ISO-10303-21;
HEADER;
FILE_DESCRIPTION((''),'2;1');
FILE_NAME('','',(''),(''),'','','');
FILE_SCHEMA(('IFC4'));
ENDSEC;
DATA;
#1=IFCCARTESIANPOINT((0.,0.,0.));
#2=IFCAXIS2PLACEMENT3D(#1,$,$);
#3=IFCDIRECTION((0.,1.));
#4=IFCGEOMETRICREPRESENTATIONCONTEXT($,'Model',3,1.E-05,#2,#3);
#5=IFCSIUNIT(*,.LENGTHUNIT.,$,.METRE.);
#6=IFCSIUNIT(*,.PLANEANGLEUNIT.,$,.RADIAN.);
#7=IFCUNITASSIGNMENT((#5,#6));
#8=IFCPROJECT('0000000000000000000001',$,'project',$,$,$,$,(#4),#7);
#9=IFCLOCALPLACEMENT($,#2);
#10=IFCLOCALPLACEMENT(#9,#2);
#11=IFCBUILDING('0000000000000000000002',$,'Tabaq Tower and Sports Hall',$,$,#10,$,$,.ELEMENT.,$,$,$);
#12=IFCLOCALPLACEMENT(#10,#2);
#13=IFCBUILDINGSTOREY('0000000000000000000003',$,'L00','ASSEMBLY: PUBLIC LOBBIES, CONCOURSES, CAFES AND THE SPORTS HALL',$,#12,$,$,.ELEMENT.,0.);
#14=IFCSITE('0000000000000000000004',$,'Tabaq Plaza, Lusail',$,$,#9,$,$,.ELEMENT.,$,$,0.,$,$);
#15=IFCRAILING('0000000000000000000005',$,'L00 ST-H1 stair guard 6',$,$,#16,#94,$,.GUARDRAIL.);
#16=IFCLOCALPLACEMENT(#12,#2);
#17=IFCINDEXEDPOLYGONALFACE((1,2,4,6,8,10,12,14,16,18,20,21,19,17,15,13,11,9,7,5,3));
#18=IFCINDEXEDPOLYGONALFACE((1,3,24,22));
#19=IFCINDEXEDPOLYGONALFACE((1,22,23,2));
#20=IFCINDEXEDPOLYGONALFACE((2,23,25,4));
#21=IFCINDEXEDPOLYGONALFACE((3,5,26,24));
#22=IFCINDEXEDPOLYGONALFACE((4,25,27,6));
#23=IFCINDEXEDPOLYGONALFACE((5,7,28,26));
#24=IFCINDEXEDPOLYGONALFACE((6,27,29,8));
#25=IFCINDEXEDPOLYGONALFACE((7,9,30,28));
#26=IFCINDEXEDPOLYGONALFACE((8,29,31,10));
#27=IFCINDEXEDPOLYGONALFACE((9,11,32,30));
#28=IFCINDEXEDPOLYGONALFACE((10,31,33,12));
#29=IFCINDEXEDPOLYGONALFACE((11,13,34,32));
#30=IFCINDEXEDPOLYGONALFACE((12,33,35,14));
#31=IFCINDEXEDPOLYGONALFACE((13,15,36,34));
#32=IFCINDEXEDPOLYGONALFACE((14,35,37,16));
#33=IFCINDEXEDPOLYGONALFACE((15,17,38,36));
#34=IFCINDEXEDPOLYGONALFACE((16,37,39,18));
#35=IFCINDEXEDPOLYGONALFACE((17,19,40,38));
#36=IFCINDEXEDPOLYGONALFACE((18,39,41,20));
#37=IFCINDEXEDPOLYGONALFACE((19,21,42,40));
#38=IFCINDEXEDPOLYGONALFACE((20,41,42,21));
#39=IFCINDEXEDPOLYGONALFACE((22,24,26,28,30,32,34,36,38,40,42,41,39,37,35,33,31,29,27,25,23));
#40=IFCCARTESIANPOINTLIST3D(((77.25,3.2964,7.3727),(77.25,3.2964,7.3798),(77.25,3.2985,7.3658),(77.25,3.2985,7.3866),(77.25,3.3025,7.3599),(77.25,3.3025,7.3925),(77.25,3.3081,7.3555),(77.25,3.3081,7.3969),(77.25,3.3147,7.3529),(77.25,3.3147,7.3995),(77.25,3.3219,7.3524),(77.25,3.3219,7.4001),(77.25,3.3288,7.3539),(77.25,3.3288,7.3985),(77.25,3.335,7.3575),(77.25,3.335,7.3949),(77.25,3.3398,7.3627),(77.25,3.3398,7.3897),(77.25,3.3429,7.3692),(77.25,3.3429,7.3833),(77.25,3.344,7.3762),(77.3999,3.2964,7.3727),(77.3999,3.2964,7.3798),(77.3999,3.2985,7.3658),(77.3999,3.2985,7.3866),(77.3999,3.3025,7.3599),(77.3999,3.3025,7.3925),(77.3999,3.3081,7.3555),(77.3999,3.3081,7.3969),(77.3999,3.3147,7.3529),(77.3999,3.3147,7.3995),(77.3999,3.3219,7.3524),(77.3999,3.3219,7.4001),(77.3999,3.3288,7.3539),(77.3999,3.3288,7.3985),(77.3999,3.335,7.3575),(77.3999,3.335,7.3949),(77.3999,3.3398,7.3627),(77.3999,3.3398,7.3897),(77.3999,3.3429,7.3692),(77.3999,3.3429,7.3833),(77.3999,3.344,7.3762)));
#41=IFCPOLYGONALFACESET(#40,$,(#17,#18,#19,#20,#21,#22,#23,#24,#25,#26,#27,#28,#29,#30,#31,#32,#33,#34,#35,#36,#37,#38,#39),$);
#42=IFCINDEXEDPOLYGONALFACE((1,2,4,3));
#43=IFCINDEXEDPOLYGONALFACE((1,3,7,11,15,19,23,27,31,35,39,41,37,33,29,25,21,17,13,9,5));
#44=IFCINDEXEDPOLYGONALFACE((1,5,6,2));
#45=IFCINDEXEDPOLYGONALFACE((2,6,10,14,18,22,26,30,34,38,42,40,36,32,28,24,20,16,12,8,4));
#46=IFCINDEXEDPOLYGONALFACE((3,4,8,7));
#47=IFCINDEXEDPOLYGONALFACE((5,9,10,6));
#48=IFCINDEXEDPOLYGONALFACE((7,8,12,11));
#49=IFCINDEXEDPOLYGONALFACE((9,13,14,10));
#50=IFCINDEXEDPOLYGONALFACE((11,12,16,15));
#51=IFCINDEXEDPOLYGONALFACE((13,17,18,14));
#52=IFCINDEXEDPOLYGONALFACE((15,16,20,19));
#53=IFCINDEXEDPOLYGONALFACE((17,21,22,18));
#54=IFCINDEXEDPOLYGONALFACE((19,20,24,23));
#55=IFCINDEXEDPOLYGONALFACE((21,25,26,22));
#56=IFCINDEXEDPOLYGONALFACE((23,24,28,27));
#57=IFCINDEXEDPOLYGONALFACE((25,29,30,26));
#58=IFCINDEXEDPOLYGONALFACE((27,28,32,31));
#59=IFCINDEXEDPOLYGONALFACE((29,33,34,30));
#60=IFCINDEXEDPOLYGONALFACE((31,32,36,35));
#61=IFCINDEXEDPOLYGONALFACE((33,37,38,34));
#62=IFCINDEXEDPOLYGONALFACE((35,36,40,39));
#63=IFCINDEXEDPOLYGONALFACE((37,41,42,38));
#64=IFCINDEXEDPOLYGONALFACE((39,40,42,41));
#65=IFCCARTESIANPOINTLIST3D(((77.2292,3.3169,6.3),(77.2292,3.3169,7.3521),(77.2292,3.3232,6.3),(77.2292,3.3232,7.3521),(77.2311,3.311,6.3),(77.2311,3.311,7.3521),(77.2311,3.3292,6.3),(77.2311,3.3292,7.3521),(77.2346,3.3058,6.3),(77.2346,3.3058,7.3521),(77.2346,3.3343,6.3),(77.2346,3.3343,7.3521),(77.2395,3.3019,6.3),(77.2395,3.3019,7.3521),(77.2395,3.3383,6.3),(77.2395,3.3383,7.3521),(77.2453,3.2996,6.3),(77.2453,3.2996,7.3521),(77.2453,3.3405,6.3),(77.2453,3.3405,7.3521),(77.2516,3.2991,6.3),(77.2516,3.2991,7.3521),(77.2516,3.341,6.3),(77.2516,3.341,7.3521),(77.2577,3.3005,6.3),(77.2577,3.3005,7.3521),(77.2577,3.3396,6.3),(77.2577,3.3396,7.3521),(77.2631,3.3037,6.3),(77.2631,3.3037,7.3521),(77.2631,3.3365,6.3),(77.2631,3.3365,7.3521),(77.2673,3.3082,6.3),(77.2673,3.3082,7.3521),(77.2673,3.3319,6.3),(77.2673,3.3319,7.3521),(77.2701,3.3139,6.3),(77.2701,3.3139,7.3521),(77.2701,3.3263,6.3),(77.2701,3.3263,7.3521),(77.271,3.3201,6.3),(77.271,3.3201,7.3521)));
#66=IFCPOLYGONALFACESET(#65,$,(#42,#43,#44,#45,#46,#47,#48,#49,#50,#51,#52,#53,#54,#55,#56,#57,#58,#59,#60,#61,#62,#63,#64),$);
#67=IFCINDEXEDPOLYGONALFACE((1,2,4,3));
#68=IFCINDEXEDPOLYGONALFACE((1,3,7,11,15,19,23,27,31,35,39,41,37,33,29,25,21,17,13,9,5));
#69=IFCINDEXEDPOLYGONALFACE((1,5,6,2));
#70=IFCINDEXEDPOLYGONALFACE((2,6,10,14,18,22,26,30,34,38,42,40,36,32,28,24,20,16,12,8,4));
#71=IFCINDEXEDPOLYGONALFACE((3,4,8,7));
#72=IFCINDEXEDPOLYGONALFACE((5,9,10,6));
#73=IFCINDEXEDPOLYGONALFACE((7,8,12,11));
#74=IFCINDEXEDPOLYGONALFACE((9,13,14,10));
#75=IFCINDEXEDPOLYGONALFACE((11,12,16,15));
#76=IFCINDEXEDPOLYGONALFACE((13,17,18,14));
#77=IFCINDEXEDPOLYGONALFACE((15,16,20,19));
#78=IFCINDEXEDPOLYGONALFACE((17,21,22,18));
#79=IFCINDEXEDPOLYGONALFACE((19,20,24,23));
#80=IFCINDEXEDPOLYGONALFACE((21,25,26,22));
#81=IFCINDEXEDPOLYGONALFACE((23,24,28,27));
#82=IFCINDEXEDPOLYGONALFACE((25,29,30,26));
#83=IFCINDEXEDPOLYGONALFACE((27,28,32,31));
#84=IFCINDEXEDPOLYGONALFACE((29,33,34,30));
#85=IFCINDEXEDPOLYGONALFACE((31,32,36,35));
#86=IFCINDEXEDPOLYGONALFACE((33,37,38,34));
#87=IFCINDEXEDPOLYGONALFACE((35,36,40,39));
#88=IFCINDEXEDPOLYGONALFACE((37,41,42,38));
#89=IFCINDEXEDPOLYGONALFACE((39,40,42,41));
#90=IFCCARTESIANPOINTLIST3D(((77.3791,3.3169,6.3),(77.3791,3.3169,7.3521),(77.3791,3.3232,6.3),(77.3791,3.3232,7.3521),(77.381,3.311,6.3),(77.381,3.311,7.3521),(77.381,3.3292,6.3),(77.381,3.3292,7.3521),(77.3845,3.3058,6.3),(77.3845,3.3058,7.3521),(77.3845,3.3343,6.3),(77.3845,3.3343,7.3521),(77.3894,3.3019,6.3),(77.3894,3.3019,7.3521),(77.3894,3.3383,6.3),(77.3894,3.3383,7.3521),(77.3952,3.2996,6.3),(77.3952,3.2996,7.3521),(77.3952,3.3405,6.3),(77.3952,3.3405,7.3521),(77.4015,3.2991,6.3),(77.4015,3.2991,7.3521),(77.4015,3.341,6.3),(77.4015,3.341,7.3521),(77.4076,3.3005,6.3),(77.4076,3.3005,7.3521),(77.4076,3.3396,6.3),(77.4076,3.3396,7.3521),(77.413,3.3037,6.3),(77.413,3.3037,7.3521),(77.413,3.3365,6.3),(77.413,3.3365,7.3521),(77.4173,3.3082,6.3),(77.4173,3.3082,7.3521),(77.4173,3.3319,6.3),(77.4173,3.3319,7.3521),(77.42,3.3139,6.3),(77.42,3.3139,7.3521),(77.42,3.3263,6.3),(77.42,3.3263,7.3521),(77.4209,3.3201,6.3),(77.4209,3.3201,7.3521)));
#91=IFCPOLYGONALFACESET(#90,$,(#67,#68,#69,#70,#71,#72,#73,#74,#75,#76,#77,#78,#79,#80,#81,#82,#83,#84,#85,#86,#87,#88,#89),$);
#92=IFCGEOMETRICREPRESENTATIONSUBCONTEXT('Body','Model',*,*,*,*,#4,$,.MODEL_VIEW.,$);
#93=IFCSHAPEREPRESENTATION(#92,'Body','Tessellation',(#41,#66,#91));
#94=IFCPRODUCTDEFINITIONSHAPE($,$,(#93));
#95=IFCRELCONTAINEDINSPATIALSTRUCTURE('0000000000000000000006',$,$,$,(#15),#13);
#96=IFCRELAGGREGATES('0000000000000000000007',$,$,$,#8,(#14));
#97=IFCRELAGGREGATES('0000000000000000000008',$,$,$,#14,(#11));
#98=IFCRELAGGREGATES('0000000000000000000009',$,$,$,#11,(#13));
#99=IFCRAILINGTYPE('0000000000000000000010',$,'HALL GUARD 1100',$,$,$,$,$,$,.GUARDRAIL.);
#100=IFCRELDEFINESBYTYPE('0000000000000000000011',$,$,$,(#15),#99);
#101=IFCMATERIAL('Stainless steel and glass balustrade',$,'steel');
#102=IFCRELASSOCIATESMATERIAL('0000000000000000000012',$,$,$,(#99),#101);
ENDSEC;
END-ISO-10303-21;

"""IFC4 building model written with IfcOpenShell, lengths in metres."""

from ifc_helpers import new_model, si_unit, direction, frame, origin, origin_2d, place, context, subcontext, project, spatial, circle, extrude, material, type_object, element, save


model = new_model("IFC4")

# Units and contexts
model_context = context("Model", 3, precision=1e-05, world=origin(), true_north=direction((0.0, 1.0)))
body_context = subcontext(model_context, "Body", "Model", "MODEL_VIEW")
ifc_project = project(units=[si_unit("LENGTHUNIT", "METRE"), si_unit("PLANEANGLEUNIT", "RADIAN")], contexts=[model_context])

# Site, building, storey
site_placement = place(None, origin())
site = spatial("IfcSite", under=ifc_project, at=site_placement, Name="Tabaq Plaza, Lusail", CompositionType="ELEMENT", RefElevation=0.0)
building_placement = place(site_placement, origin())
building = spatial("IfcBuilding", under=site, at=building_placement, Name="Tabaq Tower and Sports Hall", CompositionType="ELEMENT")
storey_placement = place(building_placement, origin())
storey = spatial("IfcBuildingStorey", under=building, at=storey_placement, Name="L00", Description="ASSEMBLY: PUBLIC LOBBIES, CONCOURSES, CAFES AND THE SPORTS HALL", CompositionType="ELEMENT", Elevation=0.0)

# Railing
ifc_material_1 = material(Name="Stainless steel and glass balustrade", Category="steel")
railing_type_1 = type_object("IfcRailingType", Name="HALL GUARD 1100", PredefinedType="GUARDRAIL", material=ifc_material_1)
railing_1_placement = place(storey_placement, frame((77.25, 3.3201, 6.3)))
element("IfcRailing", 1, at=railing_1_placement, inside=storey, type_object=railing_type_1, Name="L00 ST-H1 stair guard 6", PredefinedType="GUARDRAIL", context=body_context, shape_type="SweptSolid", body=[
    extrude(circle(Radius=0.0239, at=origin_2d()), frame((0.0, 0.0, 1.0762), z_axis=(1.0, 0.0, 0.0), x_axis=(0.0, 1.0, 0.0)), (0.0, 0.0, 1.0), 0.1499),
    extrude(circle(Radius=0.021, at=origin_2d()), origin(), (0.0, 0.0, 1.0), 1.052),
    extrude(circle(Radius=0.021, at=origin_2d()), frame((0.1499, 0.0, 0.0)), (0.0, 0.0, 1.0), 1.052),
])

save(model, "model.ifc")
